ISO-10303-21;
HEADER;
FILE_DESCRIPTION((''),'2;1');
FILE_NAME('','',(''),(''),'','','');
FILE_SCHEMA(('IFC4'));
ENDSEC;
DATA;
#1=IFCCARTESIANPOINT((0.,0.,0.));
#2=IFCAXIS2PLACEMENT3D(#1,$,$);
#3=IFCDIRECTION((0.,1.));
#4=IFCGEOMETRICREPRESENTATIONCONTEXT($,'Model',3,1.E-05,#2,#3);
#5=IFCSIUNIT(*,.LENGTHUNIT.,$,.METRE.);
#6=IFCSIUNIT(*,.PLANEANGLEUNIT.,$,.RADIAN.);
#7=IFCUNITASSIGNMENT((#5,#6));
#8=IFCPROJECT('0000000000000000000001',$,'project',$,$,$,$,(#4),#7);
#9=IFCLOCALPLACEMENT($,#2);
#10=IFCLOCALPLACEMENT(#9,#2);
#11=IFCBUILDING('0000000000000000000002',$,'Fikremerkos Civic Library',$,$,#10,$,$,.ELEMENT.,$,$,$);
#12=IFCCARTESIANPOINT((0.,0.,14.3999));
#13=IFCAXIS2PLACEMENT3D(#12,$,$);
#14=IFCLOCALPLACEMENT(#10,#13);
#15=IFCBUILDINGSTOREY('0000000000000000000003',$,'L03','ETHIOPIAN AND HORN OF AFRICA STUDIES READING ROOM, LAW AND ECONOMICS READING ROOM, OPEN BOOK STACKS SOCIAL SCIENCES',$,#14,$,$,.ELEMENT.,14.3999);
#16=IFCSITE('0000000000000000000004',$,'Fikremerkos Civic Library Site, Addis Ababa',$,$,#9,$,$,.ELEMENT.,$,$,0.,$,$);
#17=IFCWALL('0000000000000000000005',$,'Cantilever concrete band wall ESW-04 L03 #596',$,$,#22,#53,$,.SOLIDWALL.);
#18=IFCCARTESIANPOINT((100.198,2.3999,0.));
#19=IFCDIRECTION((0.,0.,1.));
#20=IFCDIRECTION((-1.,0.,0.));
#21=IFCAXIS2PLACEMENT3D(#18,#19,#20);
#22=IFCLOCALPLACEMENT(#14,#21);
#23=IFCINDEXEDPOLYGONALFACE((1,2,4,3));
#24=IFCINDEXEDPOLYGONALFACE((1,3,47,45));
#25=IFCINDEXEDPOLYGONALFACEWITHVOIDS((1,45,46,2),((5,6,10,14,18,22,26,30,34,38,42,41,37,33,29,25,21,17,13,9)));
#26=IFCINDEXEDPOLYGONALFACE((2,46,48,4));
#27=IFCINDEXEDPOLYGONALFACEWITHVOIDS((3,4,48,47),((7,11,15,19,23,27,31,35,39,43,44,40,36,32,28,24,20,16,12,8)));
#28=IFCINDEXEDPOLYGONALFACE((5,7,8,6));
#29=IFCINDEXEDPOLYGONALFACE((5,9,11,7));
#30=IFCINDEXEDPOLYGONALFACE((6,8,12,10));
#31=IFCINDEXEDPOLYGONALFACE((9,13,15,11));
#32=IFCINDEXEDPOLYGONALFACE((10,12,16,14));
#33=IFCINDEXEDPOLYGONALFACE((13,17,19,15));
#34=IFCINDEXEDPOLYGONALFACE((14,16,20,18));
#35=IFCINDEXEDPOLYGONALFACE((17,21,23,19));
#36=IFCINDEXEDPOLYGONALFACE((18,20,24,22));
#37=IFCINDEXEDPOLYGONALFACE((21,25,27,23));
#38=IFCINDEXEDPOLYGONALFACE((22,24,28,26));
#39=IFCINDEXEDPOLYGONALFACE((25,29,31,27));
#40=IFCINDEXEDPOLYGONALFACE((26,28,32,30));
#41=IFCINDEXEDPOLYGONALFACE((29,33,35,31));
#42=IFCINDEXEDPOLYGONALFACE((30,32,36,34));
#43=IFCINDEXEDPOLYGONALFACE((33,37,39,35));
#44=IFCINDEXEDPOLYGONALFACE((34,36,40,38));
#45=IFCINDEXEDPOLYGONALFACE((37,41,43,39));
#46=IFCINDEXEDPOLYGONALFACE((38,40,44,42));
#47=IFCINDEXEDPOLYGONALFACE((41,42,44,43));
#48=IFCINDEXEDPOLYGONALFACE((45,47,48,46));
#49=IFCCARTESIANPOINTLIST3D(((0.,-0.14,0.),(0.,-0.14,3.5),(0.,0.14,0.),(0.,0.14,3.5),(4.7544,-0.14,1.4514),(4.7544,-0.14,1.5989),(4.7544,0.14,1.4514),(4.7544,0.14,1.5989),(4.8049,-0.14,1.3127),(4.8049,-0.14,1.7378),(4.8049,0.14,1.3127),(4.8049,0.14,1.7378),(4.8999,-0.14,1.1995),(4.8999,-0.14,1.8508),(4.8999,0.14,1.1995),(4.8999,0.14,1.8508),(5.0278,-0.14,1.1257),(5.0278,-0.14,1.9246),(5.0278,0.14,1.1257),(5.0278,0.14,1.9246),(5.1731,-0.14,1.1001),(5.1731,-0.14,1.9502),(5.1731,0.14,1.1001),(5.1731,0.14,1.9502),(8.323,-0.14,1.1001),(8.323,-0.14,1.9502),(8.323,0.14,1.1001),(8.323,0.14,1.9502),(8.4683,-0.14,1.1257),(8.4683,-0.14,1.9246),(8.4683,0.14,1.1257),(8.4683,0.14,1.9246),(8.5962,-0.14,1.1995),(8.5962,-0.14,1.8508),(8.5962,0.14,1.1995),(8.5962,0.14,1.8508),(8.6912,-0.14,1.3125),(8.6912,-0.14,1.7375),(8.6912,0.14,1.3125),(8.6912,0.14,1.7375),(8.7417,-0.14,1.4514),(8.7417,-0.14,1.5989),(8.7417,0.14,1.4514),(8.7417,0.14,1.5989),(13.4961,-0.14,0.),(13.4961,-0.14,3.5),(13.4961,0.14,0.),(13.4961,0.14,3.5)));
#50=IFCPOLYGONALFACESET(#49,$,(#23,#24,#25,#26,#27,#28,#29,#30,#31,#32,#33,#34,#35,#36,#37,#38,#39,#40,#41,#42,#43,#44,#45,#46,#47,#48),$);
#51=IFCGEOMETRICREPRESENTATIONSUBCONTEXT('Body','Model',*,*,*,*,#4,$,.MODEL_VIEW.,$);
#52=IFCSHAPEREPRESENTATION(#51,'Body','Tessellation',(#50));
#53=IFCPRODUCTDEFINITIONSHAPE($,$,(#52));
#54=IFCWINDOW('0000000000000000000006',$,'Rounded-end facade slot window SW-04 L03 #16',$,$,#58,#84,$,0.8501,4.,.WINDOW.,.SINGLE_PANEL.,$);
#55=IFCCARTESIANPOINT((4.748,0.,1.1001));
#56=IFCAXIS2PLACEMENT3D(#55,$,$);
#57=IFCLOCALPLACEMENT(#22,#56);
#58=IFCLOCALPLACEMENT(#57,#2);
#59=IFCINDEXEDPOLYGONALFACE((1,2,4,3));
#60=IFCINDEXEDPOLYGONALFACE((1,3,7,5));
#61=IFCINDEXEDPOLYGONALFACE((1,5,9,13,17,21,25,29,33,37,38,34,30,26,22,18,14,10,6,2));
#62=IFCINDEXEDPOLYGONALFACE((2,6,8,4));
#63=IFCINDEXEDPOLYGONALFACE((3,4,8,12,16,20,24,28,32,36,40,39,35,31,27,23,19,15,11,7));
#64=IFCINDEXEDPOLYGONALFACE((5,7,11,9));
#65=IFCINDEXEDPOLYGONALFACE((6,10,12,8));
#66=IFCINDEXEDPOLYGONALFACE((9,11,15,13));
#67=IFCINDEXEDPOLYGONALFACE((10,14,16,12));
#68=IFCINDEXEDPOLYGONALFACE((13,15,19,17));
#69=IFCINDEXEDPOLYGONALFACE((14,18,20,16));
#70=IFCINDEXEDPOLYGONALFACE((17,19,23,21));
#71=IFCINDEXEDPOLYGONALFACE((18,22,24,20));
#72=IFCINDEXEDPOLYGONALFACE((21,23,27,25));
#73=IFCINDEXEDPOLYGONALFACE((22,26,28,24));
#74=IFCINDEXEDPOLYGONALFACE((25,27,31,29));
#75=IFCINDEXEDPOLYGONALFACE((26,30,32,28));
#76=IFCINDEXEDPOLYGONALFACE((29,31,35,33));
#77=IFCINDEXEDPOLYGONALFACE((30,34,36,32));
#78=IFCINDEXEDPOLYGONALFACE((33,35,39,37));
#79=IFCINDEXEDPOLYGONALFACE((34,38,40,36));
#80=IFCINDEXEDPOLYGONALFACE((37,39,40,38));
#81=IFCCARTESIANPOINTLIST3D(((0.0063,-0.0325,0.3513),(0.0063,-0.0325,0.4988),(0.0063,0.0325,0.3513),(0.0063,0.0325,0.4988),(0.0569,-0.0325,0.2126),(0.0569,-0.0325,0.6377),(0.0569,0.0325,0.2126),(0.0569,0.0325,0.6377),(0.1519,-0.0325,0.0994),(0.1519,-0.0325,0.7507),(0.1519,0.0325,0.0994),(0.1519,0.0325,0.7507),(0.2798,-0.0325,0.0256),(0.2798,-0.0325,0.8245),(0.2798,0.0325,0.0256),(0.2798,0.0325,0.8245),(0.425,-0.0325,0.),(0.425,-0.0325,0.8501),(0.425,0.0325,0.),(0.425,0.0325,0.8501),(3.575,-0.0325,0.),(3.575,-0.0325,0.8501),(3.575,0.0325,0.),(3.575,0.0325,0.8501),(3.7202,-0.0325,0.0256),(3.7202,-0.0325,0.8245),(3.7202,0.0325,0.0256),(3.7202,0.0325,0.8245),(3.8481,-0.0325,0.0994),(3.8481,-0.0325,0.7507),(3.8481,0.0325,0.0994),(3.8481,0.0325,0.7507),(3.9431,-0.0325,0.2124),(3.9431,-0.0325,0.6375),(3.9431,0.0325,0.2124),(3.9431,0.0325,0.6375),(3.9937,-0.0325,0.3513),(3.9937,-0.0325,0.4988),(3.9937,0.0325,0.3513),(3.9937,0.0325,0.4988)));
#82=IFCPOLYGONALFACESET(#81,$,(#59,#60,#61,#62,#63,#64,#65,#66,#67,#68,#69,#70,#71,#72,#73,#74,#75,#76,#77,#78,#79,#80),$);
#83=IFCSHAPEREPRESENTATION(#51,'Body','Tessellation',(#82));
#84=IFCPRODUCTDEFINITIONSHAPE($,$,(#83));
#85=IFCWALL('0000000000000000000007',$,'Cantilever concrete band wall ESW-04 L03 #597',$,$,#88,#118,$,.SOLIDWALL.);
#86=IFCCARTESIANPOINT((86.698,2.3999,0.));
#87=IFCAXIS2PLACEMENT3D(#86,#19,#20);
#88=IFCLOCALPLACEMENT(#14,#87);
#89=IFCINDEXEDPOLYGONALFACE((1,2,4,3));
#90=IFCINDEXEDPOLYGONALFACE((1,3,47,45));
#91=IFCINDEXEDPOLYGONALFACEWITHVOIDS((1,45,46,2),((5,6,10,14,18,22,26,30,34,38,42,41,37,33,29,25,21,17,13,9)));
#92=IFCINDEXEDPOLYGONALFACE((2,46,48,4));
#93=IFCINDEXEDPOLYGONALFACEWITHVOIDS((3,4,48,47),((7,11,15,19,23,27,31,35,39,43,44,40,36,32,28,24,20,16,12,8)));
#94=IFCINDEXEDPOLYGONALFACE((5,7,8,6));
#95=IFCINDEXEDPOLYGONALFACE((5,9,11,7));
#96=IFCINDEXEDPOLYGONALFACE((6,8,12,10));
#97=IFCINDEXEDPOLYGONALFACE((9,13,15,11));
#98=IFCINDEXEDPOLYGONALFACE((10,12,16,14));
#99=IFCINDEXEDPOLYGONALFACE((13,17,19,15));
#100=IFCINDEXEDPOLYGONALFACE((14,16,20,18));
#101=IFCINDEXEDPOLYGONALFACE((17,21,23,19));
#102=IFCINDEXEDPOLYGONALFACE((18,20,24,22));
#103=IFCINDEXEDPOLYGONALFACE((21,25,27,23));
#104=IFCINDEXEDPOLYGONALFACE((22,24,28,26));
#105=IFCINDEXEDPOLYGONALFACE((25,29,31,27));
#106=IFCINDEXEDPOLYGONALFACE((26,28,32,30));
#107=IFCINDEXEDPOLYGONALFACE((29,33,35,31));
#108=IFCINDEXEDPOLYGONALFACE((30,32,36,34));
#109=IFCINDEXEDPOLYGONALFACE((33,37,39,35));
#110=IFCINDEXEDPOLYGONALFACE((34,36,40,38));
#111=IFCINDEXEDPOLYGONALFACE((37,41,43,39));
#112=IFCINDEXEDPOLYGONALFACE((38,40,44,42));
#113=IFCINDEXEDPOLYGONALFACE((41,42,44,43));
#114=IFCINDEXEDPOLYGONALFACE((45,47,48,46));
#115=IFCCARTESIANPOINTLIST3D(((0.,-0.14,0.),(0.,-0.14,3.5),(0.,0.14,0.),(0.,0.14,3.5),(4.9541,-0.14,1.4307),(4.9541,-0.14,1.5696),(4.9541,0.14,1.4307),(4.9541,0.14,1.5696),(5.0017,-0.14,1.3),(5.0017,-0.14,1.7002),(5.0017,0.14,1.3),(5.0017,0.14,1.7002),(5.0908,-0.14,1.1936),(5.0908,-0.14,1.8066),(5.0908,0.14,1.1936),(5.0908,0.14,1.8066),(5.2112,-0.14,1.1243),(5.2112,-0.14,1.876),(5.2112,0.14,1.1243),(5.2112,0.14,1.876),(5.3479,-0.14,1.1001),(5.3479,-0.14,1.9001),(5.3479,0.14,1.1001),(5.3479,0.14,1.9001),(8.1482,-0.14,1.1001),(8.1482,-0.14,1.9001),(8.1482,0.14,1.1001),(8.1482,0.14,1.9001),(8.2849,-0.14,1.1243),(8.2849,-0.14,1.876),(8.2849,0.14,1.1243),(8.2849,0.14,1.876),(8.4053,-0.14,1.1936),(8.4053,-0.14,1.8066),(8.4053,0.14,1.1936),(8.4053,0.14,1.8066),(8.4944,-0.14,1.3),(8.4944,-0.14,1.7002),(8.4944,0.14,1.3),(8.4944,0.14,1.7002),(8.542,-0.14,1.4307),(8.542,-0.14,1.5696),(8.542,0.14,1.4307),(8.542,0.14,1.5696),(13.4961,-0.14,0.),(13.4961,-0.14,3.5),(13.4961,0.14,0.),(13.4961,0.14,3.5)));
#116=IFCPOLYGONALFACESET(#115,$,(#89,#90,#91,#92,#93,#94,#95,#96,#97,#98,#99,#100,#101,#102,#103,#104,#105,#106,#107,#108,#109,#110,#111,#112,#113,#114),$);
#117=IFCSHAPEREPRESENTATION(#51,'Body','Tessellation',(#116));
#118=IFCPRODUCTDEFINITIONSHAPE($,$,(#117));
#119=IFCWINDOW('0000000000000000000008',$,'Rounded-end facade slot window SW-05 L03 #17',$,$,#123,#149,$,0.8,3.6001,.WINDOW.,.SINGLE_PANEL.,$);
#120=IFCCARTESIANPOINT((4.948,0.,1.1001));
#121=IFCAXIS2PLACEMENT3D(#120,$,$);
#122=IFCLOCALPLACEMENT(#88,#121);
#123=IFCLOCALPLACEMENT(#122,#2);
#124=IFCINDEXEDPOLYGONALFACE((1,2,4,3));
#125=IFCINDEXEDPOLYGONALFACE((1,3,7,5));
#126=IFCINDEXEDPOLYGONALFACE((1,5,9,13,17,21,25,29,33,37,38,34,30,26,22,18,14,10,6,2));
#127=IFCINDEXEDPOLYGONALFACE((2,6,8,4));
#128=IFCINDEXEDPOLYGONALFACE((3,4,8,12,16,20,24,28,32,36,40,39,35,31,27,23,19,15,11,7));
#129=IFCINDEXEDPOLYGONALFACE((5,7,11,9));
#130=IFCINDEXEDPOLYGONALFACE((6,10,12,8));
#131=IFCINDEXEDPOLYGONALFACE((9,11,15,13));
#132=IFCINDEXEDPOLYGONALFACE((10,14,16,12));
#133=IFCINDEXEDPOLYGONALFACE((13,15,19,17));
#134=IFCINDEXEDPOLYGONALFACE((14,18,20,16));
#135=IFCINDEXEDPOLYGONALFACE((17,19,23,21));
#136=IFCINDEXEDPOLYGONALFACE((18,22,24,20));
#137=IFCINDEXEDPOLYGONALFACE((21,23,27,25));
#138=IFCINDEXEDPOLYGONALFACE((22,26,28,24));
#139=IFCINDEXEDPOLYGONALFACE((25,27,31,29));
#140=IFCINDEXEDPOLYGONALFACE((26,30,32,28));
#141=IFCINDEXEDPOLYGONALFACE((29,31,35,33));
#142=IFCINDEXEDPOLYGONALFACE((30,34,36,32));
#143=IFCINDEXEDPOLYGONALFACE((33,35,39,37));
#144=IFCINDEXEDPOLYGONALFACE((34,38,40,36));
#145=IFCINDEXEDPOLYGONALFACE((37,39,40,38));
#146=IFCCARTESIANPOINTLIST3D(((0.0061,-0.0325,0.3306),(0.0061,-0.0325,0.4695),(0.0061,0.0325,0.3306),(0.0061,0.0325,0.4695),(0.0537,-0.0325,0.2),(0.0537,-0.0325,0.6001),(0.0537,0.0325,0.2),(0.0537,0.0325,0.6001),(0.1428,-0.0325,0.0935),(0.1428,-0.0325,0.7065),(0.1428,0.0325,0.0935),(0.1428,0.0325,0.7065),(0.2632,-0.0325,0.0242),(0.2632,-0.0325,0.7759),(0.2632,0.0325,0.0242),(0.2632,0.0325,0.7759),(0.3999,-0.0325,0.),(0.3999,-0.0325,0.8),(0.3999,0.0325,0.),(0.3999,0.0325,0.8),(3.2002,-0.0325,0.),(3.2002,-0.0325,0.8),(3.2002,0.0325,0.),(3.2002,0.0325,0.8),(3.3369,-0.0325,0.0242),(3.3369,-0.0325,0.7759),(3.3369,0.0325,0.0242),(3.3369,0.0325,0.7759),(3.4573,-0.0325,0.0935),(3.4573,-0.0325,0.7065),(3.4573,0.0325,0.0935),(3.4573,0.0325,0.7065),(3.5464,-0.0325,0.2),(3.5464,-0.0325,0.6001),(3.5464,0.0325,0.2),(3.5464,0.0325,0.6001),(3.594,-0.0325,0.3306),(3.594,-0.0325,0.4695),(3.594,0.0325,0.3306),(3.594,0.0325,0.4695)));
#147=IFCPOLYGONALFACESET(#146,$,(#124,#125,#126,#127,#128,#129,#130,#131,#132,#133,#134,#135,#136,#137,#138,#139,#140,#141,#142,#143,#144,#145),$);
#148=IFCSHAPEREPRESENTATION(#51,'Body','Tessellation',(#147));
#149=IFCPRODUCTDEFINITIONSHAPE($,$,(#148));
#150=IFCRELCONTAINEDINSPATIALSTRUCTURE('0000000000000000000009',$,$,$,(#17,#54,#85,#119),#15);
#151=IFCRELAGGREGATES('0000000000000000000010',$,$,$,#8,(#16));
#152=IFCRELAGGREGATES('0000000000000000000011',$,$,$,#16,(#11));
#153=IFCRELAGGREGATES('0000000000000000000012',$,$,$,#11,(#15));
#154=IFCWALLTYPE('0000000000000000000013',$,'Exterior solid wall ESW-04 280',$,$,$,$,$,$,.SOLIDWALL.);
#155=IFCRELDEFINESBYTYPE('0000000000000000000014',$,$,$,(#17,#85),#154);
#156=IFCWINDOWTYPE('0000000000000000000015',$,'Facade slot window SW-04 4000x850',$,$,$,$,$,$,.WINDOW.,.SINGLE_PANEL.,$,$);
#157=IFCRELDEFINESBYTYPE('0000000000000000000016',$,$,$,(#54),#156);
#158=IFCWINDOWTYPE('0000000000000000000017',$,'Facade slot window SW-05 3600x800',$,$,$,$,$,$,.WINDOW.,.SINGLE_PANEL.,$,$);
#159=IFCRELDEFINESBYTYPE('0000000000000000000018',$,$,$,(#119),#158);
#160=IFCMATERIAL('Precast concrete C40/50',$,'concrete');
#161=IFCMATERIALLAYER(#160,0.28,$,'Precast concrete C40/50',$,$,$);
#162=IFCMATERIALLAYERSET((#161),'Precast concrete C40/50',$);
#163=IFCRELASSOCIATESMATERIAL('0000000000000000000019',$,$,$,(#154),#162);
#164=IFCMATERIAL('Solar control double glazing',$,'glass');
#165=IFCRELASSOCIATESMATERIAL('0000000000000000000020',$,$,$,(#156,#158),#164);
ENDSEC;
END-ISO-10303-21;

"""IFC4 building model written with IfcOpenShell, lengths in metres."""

from ifc_helpers import new_model, si_unit, direction, frame, frame_2d, origin, place, context, subcontext, project, spatial, polyline, rectangle, outline, extrude, material, layer, layer_set, type_object, element, fill, save


model = new_model("IFC4")

# Units and contexts
model_context = context("Model", 3, precision=1e-05, world=origin(), true_north=direction((0.0, 1.0)))
body_context = subcontext(model_context, "Body", "Model", "MODEL_VIEW")
ifc_project = project(units=[si_unit("LENGTHUNIT", "METRE"), si_unit("PLANEANGLEUNIT", "RADIAN")], contexts=[model_context])

# Site, building, storey
site_placement = place(None, origin())
site = spatial("IfcSite", under=ifc_project, at=site_placement, Name="Fikremerkos Civic Library Site, Addis Ababa", CompositionType="ELEMENT", RefElevation=0.0)
building_placement = place(site_placement, origin())
building = spatial("IfcBuilding", under=site, at=building_placement, Name="Fikremerkos Civic Library", CompositionType="ELEMENT")
storey_placement = place(building_placement, frame((0.0, 0.0, 14.3999)))
storey = spatial("IfcBuildingStorey", under=building, at=storey_placement, Name="L03", Description="ETHIOPIAN AND HORN OF AFRICA STUDIES READING ROOM, LAW AND ECONOMICS READING ROOM, OPEN BOOK STACKS SOCIAL SCIENCES", CompositionType="ELEMENT", Elevation=14.3999)

# Walls, openings, windows
ifc_material_1 = material(Name="Precast concrete C40/50", Category="concrete")
ifc_layer_1 = layer(ifc_material_1, 0.28, Name="Precast concrete C40/50")
ifc_layer_set_1 = layer_set([ifc_layer_1], Name="Precast concrete C40/50")
wall_type = type_object("IfcWallType", Name="Exterior solid wall ESW-04 280", PredefinedType="SOLIDWALL", material=ifc_layer_set_1)
wall_1_placement = place(storey_placement, frame((100.198, 2.3999, 0.0), z_axis=(0.0, 0.0, 1.0), x_axis=(-1.0, 0.0, 0.0)))
wall_1 = element("IfcWall", 1, at=wall_1_placement, inside=storey, type_object=wall_type, Name="Cantilever concrete band wall ESW-04 L03 #596", PredefinedType="SOLIDWALL", context=body_context, shape_type="SweptSolid", body=[
    extrude(rectangle(XDim=13.4961, YDim=0.28, at=frame_2d((6.748, 0.0))), origin(), (0.0, 0.0, 1.0), 3.5),
])
opening_1_placement = place(wall_1_placement, frame((4.748, 0.0, 1.1001)))
opening_1 = element("IfcOpeningElement", 2, at=opening_1_placement, cuts=wall_1, PredefinedType="OPENING", context=body_context, shape_type="SweptSolid", body=[
    extrude(outline(polyline([(0.425, 0.8501), (0.2798, 0.8245), (0.1519, 0.7507), (0.0569, 0.6377), (0.0063, 0.4988), (0.0063, 0.3513), (0.0569, 0.2126), (0.1519, 0.0994), (0.2798, 0.0256), (0.425, 0.0), (3.575, 0.0), (3.7202, 0.0256), (3.8481, 0.0994), (3.9431, 0.2124), (3.9937, 0.3513), (3.9937, 0.4988), (3.9431, 0.6375), (3.8481, 0.7507), (3.7202, 0.8245), (3.575, 0.8501), (0.425, 0.8501)])), frame((0.0, 0.1499, 0.0), z_axis=(0.0, -1.0, 0.0), x_axis=(1.0, 0.0, 0.0)), (0.0, 0.0, 1.0), 0.3),
])
ifc_material_2 = material(Name="Solar control double glazing", Category="glass")
window_type_1 = type_object("IfcWindowType", Name="Facade slot window SW-04 4000x850", PartitioningType="SINGLE_PANEL", PredefinedType="WINDOW", material=ifc_material_2)
window_1_placement = place(opening_1_placement, origin())
window_1 = element("IfcWindow", 3, at=window_1_placement, inside=storey, type_object=window_type_1, Name="Rounded-end facade slot window SW-04 L03 #16", OverallHeight=0.8501, OverallWidth=4.0, PartitioningType="SINGLE_PANEL", PredefinedType="WINDOW", context=body_context, shape_type="SweptSolid", body=[
    extrude(outline(polyline([(0.425, 0.8501), (0.2798, 0.8245), (0.1519, 0.7507), (0.0569, 0.6377), (0.0063, 0.4988), (0.0063, 0.3513), (0.0569, 0.2126), (0.1519, 0.0994), (0.2798, 0.0256), (0.425, 0.0), (3.575, 0.0), (3.7202, 0.0256), (3.8481, 0.0994), (3.9431, 0.2124), (3.9937, 0.3513), (3.9937, 0.4988), (3.9431, 0.6375), (3.8481, 0.7507), (3.7202, 0.8245), (3.575, 0.8501), (0.425, 0.8501)])), frame((0.0, 0.0325, 0.0), z_axis=(0.0, -1.0, 0.0), x_axis=(1.0, 0.0, 0.0)), (0.0, 0.0, 1.0), 0.0649),
])
fill(opening_1, window_1)
wall_2_placement = place(storey_placement, frame((86.698, 2.3999, 0.0), z_axis=(0.0, 0.0, 1.0), x_axis=(-1.0, 0.0, 0.0)))
wall_2 = element("IfcWall", 4, at=wall_2_placement, inside=storey, type_object=wall_type, Name="Cantilever concrete band wall ESW-04 L03 #597", PredefinedType="SOLIDWALL", context=body_context, shape_type="SweptSolid", body=[
    extrude(rectangle(XDim=13.4961, YDim=0.28, at=frame_2d((6.748, 0.0))), origin(), (0.0, 0.0, 1.0), 3.5),
])
opening_2_placement = place(wall_2_placement, frame((4.948, 0.0, 1.1001)))
opening_2 = element("IfcOpeningElement", 5, at=opening_2_placement, cuts=wall_2, PredefinedType="OPENING", context=body_context, shape_type="SweptSolid", body=[
    extrude(outline(polyline([(0.3999, 0.8), (0.2632, 0.7759), (0.1428, 0.7065), (0.0537, 0.6001), (0.0061, 0.4695), (0.0061, 0.3306), (0.0537, 0.2), (0.1428, 0.0935), (0.2632, 0.0242), (0.3999, 0.0), (3.2002, 0.0), (3.3369, 0.0242), (3.4573, 0.0935), (3.5464, 0.2), (3.594, 0.3306), (3.594, 0.4695), (3.5464, 0.6001), (3.4573, 0.7065), (3.3369, 0.7759), (3.2002, 0.8), (0.3999, 0.8)])), frame((0.0, 0.1499, 0.0), z_axis=(0.0, -1.0, 0.0), x_axis=(1.0, 0.0, 0.0)), (0.0, 0.0, 1.0), 0.3),
])
window_type_2 = type_object("IfcWindowType", Name="Facade slot window SW-05 3600x800", PartitioningType="SINGLE_PANEL", PredefinedType="WINDOW", material=ifc_material_2)
window_2_placement = place(opening_2_placement, origin())
window_2 = element("IfcWindow", 6, at=window_2_placement, inside=storey, type_object=window_type_2, Name="Rounded-end facade slot window SW-05 L03 #17", OverallHeight=0.8, OverallWidth=3.6001, PartitioningType="SINGLE_PANEL", PredefinedType="WINDOW", context=body_context, shape_type="SweptSolid", body=[
    extrude(outline(polyline([(0.3999, 0.8), (0.2632, 0.7759), (0.1428, 0.7065), (0.0537, 0.6001), (0.0061, 0.4695), (0.0061, 0.3306), (0.0537, 0.2), (0.1428, 0.0935), (0.2632, 0.0242), (0.3999, 0.0), (3.2002, 0.0), (3.3369, 0.0242), (3.4573, 0.0935), (3.5464, 0.2), (3.594, 0.3306), (3.594, 0.4695), (3.5464, 0.6001), (3.4573, 0.7065), (3.3369, 0.7759), (3.2002, 0.8), (0.3999, 0.8)])), frame((0.0, 0.0325, 0.0), z_axis=(0.0, -1.0, 0.0), x_axis=(1.0, 0.0, 0.0)), (0.0, 0.0, 1.0), 0.0649),
])
fill(opening_2, window_2)

save(model, "model.ifc")
